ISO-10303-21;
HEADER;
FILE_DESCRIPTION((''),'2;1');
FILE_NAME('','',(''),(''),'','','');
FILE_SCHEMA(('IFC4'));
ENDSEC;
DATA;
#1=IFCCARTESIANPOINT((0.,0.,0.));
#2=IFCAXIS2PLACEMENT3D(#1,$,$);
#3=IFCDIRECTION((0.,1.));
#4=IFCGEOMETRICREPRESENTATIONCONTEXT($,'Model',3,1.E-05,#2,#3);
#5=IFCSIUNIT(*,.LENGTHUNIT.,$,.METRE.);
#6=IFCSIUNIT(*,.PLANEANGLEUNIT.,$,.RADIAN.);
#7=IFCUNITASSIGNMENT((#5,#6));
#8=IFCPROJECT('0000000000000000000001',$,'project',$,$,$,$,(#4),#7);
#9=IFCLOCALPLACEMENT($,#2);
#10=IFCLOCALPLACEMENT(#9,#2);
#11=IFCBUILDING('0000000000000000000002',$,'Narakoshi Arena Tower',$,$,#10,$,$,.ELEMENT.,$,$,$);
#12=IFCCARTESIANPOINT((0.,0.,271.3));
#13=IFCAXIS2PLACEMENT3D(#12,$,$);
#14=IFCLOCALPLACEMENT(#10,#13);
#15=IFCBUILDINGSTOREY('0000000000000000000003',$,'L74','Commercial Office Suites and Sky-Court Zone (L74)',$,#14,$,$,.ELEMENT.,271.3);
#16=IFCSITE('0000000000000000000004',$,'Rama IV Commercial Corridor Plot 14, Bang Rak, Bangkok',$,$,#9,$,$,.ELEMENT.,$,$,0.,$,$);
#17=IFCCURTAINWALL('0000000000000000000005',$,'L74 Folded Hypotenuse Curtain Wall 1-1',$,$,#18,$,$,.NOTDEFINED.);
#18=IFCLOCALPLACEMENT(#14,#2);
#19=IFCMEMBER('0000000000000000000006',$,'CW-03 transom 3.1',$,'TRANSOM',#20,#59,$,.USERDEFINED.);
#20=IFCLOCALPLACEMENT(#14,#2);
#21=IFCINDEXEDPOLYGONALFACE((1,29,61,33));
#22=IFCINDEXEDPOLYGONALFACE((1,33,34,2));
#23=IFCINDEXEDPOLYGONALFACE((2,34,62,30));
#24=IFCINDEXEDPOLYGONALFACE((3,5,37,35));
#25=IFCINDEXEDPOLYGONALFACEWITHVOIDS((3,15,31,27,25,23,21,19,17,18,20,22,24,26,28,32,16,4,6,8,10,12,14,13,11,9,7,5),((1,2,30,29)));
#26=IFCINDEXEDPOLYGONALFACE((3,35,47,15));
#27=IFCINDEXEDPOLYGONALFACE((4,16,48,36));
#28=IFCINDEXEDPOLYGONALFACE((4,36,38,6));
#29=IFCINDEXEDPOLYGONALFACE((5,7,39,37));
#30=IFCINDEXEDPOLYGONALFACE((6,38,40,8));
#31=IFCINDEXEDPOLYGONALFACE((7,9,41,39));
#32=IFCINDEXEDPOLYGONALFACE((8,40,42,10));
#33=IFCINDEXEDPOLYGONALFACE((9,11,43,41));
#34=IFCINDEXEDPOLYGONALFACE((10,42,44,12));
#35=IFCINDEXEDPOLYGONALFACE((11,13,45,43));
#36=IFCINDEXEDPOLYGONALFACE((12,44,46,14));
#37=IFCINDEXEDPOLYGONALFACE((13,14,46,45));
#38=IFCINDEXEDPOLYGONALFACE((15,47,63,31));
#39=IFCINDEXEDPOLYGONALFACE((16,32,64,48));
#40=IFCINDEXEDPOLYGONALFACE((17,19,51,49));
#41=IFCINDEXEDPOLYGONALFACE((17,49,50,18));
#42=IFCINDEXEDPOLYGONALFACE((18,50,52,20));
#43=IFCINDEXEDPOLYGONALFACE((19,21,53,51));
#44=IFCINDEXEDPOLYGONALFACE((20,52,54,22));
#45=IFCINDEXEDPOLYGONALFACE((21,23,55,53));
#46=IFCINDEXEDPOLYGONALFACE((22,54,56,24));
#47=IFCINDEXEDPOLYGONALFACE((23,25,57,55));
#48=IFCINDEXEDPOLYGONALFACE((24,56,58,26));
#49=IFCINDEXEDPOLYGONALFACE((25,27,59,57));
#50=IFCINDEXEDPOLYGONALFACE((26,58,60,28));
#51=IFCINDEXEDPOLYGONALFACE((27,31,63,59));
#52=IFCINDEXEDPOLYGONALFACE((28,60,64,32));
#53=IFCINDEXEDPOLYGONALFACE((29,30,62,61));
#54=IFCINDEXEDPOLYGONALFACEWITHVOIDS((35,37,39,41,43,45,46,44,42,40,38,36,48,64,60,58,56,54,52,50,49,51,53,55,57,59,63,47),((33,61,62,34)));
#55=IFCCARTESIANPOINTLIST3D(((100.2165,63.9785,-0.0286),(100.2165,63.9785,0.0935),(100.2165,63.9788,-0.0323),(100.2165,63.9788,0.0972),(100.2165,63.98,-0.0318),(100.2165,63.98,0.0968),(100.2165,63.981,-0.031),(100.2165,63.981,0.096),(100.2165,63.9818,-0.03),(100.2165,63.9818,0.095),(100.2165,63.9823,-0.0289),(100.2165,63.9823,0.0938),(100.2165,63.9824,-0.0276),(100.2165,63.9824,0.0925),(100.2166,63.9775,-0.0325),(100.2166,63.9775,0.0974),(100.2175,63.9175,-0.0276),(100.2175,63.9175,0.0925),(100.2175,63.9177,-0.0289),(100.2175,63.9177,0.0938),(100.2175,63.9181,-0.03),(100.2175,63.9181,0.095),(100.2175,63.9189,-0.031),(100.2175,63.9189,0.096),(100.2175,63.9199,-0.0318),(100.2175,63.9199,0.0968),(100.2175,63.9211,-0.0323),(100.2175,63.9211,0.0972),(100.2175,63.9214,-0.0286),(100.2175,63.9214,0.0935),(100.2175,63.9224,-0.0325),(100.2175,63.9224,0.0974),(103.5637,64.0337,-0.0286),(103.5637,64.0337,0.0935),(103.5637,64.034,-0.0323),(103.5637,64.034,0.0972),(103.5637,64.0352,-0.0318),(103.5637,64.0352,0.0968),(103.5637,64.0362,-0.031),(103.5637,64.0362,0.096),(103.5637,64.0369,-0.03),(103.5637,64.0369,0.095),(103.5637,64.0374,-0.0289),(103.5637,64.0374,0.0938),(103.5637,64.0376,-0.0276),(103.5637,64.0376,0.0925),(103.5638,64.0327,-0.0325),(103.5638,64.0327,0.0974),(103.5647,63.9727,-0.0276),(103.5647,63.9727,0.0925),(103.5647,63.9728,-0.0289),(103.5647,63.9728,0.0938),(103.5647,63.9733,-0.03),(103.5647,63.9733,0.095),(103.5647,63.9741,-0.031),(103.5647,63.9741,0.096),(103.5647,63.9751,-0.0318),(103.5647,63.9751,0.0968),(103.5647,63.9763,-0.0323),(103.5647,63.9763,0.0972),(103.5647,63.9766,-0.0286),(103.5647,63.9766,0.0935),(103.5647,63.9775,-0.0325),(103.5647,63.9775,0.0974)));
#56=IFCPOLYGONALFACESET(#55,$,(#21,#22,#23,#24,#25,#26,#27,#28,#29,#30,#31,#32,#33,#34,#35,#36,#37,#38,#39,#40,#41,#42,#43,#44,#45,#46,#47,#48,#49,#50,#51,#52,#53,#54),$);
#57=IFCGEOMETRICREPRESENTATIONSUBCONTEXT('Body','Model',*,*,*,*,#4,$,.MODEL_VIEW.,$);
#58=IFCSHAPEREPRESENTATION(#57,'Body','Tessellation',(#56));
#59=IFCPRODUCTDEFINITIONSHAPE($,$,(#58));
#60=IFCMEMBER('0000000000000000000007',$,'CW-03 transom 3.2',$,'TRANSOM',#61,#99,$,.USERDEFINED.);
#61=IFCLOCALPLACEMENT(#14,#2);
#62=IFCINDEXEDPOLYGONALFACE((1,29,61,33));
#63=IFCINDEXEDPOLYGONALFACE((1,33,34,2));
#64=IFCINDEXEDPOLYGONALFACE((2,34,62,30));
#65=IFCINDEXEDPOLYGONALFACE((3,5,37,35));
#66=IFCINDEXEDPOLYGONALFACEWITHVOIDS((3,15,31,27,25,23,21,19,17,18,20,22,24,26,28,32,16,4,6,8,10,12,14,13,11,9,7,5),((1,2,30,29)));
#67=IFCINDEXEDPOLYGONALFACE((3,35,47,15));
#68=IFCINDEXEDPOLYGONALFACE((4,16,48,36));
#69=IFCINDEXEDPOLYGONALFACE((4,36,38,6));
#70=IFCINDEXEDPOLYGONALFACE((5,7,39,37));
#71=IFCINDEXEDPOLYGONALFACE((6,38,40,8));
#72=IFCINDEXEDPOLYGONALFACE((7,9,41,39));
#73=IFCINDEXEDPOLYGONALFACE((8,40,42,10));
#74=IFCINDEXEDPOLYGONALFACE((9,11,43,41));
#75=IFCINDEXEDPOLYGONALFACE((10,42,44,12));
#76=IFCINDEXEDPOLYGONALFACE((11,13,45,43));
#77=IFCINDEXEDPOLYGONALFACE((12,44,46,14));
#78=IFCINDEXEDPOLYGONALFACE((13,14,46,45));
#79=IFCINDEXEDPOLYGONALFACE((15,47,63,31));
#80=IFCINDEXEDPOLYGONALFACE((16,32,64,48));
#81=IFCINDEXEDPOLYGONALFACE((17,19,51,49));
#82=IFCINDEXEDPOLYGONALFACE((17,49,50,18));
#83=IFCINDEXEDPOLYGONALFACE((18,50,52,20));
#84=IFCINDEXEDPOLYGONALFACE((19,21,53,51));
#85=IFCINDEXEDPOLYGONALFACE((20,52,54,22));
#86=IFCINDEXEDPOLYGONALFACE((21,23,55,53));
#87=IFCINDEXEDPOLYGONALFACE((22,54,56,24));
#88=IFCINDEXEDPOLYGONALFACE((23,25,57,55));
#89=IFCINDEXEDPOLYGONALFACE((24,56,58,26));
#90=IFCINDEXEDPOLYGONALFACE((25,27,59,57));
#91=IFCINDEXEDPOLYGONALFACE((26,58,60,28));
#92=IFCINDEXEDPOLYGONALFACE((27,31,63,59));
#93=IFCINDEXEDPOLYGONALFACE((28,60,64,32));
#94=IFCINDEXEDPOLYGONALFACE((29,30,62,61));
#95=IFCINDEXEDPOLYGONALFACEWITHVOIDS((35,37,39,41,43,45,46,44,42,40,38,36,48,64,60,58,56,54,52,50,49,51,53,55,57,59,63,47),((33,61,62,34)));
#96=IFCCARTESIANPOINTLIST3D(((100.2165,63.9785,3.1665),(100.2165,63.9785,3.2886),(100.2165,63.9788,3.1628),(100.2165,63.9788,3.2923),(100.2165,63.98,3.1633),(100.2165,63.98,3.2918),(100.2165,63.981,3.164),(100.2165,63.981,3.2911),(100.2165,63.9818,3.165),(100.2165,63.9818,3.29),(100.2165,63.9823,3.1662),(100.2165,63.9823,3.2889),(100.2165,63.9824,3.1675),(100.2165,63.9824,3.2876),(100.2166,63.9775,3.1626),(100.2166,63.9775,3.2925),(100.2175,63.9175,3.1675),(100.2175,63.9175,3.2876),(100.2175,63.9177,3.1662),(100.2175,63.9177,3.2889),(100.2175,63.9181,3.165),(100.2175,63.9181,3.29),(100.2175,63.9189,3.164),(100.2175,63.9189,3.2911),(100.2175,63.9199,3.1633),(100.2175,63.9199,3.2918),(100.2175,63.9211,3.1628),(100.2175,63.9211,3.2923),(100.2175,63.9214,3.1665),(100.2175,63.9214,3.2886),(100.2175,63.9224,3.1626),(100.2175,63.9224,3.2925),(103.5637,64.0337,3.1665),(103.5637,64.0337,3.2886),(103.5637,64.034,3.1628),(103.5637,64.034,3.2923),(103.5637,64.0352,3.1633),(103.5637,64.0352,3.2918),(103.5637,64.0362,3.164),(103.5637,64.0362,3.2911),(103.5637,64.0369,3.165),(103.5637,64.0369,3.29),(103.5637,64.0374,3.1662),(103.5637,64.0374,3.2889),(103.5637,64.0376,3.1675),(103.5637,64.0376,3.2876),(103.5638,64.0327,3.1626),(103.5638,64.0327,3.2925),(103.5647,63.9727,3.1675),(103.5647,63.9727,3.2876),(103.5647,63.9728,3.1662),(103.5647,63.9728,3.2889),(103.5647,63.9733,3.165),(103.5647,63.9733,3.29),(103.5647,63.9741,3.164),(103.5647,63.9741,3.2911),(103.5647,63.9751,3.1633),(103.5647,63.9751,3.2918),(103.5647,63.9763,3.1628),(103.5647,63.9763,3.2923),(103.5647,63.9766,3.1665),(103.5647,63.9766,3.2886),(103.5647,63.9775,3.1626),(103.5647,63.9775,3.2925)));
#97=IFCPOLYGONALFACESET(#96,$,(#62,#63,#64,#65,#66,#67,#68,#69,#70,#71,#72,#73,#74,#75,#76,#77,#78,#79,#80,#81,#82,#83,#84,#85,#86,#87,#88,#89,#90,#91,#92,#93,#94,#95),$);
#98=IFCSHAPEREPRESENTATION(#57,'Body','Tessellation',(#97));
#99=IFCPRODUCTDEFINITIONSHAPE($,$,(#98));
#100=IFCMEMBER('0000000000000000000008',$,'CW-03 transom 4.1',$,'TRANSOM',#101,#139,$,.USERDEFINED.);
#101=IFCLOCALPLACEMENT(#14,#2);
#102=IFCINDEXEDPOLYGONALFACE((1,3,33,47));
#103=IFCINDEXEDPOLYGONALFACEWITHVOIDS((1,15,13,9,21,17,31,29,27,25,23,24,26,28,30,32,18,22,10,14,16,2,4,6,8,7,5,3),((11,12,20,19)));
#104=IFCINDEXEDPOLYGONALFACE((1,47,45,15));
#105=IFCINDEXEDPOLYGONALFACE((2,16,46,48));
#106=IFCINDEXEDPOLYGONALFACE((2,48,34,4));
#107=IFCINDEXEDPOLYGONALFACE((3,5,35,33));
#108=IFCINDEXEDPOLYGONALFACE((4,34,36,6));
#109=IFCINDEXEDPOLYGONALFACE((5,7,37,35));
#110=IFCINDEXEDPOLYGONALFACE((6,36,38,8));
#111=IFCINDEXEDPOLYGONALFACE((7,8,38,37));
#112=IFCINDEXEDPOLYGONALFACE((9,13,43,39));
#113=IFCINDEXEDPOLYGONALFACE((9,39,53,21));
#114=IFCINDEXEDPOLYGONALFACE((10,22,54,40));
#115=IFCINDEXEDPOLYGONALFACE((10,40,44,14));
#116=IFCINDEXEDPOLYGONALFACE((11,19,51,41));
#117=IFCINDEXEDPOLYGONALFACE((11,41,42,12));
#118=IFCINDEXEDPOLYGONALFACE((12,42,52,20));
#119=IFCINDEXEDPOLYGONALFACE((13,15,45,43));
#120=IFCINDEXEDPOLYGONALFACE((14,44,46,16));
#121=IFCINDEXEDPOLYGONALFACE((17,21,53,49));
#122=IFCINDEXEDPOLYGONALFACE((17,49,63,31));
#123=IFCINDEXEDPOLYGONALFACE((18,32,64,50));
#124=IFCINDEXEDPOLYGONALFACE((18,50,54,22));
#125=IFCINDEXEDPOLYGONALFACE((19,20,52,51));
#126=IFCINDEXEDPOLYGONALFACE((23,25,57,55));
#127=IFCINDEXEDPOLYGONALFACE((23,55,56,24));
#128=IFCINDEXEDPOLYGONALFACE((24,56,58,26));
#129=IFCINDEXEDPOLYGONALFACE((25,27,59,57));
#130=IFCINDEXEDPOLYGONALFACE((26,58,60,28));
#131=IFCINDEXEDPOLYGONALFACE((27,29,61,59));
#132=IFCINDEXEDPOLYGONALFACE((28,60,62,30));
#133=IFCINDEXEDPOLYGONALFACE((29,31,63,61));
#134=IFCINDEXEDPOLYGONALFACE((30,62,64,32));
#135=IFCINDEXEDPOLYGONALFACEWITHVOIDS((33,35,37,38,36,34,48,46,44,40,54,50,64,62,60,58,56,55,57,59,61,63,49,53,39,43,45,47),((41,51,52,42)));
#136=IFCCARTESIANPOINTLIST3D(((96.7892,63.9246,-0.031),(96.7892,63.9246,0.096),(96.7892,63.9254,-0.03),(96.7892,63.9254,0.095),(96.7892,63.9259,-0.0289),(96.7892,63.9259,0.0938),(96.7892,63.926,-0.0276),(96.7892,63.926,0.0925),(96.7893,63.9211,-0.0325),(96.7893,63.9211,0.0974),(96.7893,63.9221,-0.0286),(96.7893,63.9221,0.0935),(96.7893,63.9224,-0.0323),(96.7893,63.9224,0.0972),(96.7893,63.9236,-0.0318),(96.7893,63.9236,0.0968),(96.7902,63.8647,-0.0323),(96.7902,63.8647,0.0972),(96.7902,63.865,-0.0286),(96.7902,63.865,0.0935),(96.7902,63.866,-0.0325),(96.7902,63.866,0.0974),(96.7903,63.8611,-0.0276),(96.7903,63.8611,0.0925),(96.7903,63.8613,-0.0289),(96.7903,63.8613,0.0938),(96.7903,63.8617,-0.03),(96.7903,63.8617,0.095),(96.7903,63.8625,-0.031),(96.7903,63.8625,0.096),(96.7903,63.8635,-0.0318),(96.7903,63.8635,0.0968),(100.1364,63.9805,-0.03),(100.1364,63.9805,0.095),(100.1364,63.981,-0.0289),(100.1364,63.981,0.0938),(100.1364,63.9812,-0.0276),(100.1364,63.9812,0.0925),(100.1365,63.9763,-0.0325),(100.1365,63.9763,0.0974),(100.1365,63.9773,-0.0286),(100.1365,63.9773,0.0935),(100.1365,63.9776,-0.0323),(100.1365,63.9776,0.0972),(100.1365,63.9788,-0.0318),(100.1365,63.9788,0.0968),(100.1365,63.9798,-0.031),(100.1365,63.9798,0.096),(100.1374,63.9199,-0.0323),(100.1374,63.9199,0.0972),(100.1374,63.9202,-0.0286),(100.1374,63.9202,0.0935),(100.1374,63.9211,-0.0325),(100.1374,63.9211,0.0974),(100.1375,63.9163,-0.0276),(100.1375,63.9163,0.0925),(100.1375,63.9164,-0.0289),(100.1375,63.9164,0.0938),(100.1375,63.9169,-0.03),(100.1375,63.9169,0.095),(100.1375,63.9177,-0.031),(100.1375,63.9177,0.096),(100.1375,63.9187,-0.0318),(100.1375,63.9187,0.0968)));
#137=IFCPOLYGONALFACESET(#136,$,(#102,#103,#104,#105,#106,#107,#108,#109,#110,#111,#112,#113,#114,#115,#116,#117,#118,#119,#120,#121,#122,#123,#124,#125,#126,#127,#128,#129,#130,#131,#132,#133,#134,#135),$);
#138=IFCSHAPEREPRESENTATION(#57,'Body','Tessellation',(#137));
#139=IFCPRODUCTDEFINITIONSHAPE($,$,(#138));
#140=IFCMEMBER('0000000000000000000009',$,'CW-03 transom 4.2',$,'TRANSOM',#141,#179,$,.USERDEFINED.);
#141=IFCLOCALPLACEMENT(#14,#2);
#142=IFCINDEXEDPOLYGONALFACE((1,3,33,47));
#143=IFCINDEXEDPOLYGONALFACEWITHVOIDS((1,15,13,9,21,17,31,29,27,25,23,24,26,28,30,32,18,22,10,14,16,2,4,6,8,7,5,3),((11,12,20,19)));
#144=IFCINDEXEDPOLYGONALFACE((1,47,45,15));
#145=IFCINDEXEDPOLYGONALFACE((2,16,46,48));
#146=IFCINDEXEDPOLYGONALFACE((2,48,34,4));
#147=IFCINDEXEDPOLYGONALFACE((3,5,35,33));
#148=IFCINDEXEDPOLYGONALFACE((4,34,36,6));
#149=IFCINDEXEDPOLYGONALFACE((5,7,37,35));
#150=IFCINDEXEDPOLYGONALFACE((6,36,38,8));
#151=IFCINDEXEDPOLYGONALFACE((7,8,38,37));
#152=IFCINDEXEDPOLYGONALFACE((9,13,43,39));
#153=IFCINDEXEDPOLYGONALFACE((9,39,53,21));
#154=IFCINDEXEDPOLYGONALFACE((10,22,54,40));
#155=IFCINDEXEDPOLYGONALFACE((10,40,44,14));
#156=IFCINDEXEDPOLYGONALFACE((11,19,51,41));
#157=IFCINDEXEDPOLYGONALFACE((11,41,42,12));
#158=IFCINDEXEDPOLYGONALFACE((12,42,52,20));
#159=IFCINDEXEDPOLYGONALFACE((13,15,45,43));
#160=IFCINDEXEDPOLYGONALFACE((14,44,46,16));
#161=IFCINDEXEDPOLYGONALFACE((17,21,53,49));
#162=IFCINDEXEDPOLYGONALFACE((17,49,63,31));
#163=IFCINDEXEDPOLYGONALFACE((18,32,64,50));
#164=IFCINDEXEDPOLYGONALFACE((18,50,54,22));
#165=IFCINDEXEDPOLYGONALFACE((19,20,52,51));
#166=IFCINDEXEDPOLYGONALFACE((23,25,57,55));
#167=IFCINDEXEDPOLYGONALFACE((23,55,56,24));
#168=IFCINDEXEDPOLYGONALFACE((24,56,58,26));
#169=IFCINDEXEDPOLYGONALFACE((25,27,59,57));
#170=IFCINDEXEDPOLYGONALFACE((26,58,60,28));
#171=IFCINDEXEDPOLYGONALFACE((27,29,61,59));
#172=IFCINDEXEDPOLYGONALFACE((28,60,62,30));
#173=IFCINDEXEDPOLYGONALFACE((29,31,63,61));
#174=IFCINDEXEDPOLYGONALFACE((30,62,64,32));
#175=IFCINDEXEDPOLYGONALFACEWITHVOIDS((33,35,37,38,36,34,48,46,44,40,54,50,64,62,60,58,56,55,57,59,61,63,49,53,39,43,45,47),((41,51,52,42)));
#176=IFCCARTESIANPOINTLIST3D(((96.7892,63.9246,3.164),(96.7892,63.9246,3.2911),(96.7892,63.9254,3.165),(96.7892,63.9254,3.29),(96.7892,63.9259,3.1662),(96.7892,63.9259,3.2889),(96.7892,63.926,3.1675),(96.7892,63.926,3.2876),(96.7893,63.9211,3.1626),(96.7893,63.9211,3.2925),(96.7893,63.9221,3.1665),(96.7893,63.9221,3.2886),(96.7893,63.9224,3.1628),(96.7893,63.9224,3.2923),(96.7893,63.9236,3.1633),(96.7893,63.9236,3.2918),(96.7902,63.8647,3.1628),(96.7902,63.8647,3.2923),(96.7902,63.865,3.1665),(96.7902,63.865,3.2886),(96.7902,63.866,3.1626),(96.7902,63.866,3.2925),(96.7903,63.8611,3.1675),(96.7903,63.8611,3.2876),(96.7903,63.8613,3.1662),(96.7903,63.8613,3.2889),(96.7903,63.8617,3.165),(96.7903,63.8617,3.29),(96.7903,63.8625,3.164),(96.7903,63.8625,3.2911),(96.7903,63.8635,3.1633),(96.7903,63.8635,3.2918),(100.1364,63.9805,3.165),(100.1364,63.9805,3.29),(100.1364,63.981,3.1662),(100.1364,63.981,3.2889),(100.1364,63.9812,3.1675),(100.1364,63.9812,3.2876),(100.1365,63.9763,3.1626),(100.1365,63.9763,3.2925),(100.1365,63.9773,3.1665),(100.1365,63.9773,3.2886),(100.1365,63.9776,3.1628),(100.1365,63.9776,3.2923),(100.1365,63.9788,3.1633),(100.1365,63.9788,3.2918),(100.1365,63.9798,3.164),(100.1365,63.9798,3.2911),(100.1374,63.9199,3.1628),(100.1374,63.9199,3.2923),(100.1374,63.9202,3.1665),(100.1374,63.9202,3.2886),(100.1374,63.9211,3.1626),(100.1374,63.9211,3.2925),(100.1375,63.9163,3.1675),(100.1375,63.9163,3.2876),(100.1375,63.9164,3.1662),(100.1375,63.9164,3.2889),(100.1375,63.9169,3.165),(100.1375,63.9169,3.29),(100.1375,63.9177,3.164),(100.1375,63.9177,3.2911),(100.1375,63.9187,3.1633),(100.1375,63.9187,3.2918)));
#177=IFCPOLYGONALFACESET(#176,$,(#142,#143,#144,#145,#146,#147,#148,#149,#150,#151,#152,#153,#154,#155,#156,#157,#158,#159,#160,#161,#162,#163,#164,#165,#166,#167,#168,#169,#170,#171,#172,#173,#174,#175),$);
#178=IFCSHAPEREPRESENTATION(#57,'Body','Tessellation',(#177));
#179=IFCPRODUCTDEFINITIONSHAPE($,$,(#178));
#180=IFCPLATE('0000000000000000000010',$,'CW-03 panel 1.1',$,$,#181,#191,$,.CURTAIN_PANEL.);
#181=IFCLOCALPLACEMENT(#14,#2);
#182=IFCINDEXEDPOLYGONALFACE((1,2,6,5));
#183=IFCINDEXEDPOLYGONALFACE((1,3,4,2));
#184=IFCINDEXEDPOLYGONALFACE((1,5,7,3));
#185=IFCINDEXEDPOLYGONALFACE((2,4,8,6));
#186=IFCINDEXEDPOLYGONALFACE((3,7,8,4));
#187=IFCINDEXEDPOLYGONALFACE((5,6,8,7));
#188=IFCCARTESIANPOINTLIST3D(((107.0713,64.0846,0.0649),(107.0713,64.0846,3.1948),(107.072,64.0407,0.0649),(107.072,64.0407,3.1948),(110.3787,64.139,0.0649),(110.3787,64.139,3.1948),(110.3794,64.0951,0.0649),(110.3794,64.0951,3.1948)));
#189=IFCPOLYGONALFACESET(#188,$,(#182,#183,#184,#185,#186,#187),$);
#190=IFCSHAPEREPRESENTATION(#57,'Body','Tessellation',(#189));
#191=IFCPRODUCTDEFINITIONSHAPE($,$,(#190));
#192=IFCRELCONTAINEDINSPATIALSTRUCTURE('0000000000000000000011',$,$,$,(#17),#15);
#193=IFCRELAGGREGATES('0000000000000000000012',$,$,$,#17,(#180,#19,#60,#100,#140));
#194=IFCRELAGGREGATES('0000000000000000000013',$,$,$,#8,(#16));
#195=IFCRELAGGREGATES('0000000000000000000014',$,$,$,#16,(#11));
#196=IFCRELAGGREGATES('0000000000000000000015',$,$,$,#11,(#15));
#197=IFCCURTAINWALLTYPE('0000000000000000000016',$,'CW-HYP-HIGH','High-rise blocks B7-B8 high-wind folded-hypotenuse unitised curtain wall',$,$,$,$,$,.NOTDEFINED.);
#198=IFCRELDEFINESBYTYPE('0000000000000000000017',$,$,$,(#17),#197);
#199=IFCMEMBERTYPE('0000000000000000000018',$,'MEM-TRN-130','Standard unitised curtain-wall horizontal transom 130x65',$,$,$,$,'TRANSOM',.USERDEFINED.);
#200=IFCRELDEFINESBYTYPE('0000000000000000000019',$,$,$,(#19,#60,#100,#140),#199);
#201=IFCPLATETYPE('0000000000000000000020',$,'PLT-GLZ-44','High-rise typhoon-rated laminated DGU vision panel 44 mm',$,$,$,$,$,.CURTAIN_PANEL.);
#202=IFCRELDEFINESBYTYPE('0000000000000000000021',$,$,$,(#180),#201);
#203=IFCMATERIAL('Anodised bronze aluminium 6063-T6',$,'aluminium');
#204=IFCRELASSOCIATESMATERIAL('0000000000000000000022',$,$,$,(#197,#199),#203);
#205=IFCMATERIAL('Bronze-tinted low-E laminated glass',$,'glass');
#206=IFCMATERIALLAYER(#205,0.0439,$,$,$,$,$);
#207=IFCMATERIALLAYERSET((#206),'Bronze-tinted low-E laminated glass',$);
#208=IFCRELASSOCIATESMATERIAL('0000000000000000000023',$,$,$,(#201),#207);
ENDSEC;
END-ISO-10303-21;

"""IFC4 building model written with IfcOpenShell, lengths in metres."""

from ifc_helpers import new_model, si_unit, direction, frame, origin, origin_2d, place, context, subcontext, project, spatial, rectangle, hollow_rectangle, extrude, material, layer, layer_set, material_profile, profile_set, type_object, element, aggregate, save


model = new_model("IFC4")

# Units and contexts
model_context = context("Model", 3, precision=1e-05, world=origin(), true_north=direction((0.0, 1.0)))
body_context = subcontext(model_context, "Body", "Model", "MODEL_VIEW")
ifc_project = project(units=[si_unit("LENGTHUNIT", "METRE"), si_unit("PLANEANGLEUNIT", "RADIAN")], contexts=[model_context])

# Site, building, storey
site_placement = place(None, origin())
site = spatial("IfcSite", under=ifc_project, at=site_placement, Name="Rama IV Commercial Corridor Plot 14, Bang Rak, Bangkok", CompositionType="ELEMENT", RefElevation=0.0)
building_placement = place(site_placement, origin())
building = spatial("IfcBuilding", under=site, at=building_placement, Name="Narakoshi Arena Tower", CompositionType="ELEMENT")
storey_placement = place(building_placement, frame((0.0, 0.0, 271.3)))
storey = spatial("IfcBuildingStorey", under=building, at=storey_placement, Name="L74", Description="Commercial Office Suites and Sky-Court Zone (L74)", CompositionType="ELEMENT", Elevation=271.3)

# Curtain wall, members, plate
ifc_material_1 = material(Name="Anodised bronze aluminium 6063-T6", Category="aluminium")
curtain_wall_type = type_object("IfcCurtainWallType", Name="CW-HYP-HIGH", Description="High-rise blocks B7-B8 high-wind folded-hypotenuse unitised curtain wall", PredefinedType="NOTDEFINED", material=ifc_material_1)
curtain_wall_placement = place(storey_placement, origin())
curtain_wall = element("IfcCurtainWall", 1, at=curtain_wall_placement, inside=storey, type_object=curtain_wall_type, Name="L74 Folded Hypotenuse Curtain Wall 1-1", PredefinedType="NOTDEFINED")
ifc_material_profile_1 = material_profile(ifc_material_1, hollow_rectangle(XDim=0.0649, YDim=0.1299, WallThickness=0.0039, OuterFilletRadius=0.0049, at=origin_2d()), Name="TRN130x65x4")
ifc_profile_set_1 = profile_set([ifc_material_profile_1], Name="Anodised bronze aluminium 6063-T6")
member_type_1 = type_object("IfcMemberType", Name="MEM-TRN-130", Description="Standard unitised curtain-wall horizontal transom 130x65", ElementType="TRANSOM", PredefinedType="USERDEFINED", material=ifc_profile_set_1)
member_1_placement = place(storey_placement, frame((103.5642, 64.0051, 0.0325), z_axis=(-0.999864, -0.016482, 0.0), x_axis=(0.016482, -0.999864, 0.0)))
member_1 = element("IfcMember", 2, at=member_1_placement, type_object=member_type_1, Name="CW-03 transom 3.1", ObjectType="TRANSOM", PredefinedType="USERDEFINED", context=body_context, shape_type="SweptSolid", body=[
    extrude(hollow_rectangle(XDim=0.0649, YDim=0.1299, WallThickness=0.0039, OuterFilletRadius=0.0049, at=origin_2d()), origin(), (0.0, 0.0, 1.0), 3.3477),
])
member_2_placement = place(storey_placement, frame((103.5642, 64.0051, 3.2275), z_axis=(-0.999864, -0.016482, 0.0), x_axis=(0.016482, -0.999864, 0.0)))
member_2 = element("IfcMember", 3, at=member_2_placement, type_object=member_type_1, Name="CW-03 transom 3.2", ObjectType="TRANSOM", PredefinedType="USERDEFINED", context=body_context, shape_type="SweptSolid", body=[
    extrude(hollow_rectangle(XDim=0.0649, YDim=0.1299, WallThickness=0.0039, OuterFilletRadius=0.0049, at=origin_2d()), origin(), (0.0, 0.0, 1.0), 3.3477),
])
member_3_placement = place(storey_placement, frame((100.137, 63.9487, 0.0325), z_axis=(-0.999864, -0.016482, 0.0), x_axis=(0.016482, -0.999864, 0.0)))
member_3 = element("IfcMember", 4, at=member_3_placement, type_object=member_type_1, Name="CW-03 transom 4.1", ObjectType="TRANSOM", PredefinedType="USERDEFINED", context=body_context, shape_type="SweptSolid", body=[
    extrude(hollow_rectangle(XDim=0.0649, YDim=0.1299, WallThickness=0.0039, OuterFilletRadius=0.0049, at=origin_2d()), origin(), (0.0, 0.0, 1.0), 3.3477),
])
member_4_placement = place(storey_placement, frame((100.137, 63.9487, 3.2275), z_axis=(-0.999864, -0.016482, 0.0), x_axis=(0.016482, -0.999864, 0.0)))
member_4 = element("IfcMember", 5, at=member_4_placement, type_object=member_type_1, Name="CW-03 transom 4.2", ObjectType="TRANSOM", PredefinedType="USERDEFINED", context=body_context, shape_type="SweptSolid", body=[
    extrude(hollow_rectangle(XDim=0.0649, YDim=0.1299, WallThickness=0.0039, OuterFilletRadius=0.0049, at=origin_2d()), origin(), (0.0, 0.0, 1.0), 3.3477),
])
ifc_material_2 = material(Name="Bronze-tinted low-E laminated glass", Category="glass")
ifc_layer_1 = layer(ifc_material_2, 0.0439)
ifc_layer_set_1 = layer_set([ifc_layer_1], Name="Bronze-tinted low-E laminated glass")
plate_type = type_object("IfcPlateType", Name="PLT-GLZ-44", Description="High-rise typhoon-rated laminated DGU vision panel 44 mm", PredefinedType="CURTAIN_PANEL", material=ifc_layer_set_1)
plate_1_placement = place(storey_placement, frame((108.7253, 64.0898, 0.0649), z_axis=(0.0, 0.0, 1.0), x_axis=(-0.999865, -0.016443, 0.0)))
plate_1 = element("IfcPlate", 6, at=plate_1_placement, type_object=plate_type, Name="CW-03 panel 1.1", PredefinedType="CURTAIN_PANEL", context=body_context, shape_type="SweptSolid", body=[
    extrude(rectangle(XDim=3.3079, YDim=0.0439, at=origin_2d()), origin(), (0.0, 0.0, 1.0), 3.1299),
])
aggregate(curtain_wall, [plate_1, member_1, member_2, member_3, member_4])

save(model, "model.ifc")
